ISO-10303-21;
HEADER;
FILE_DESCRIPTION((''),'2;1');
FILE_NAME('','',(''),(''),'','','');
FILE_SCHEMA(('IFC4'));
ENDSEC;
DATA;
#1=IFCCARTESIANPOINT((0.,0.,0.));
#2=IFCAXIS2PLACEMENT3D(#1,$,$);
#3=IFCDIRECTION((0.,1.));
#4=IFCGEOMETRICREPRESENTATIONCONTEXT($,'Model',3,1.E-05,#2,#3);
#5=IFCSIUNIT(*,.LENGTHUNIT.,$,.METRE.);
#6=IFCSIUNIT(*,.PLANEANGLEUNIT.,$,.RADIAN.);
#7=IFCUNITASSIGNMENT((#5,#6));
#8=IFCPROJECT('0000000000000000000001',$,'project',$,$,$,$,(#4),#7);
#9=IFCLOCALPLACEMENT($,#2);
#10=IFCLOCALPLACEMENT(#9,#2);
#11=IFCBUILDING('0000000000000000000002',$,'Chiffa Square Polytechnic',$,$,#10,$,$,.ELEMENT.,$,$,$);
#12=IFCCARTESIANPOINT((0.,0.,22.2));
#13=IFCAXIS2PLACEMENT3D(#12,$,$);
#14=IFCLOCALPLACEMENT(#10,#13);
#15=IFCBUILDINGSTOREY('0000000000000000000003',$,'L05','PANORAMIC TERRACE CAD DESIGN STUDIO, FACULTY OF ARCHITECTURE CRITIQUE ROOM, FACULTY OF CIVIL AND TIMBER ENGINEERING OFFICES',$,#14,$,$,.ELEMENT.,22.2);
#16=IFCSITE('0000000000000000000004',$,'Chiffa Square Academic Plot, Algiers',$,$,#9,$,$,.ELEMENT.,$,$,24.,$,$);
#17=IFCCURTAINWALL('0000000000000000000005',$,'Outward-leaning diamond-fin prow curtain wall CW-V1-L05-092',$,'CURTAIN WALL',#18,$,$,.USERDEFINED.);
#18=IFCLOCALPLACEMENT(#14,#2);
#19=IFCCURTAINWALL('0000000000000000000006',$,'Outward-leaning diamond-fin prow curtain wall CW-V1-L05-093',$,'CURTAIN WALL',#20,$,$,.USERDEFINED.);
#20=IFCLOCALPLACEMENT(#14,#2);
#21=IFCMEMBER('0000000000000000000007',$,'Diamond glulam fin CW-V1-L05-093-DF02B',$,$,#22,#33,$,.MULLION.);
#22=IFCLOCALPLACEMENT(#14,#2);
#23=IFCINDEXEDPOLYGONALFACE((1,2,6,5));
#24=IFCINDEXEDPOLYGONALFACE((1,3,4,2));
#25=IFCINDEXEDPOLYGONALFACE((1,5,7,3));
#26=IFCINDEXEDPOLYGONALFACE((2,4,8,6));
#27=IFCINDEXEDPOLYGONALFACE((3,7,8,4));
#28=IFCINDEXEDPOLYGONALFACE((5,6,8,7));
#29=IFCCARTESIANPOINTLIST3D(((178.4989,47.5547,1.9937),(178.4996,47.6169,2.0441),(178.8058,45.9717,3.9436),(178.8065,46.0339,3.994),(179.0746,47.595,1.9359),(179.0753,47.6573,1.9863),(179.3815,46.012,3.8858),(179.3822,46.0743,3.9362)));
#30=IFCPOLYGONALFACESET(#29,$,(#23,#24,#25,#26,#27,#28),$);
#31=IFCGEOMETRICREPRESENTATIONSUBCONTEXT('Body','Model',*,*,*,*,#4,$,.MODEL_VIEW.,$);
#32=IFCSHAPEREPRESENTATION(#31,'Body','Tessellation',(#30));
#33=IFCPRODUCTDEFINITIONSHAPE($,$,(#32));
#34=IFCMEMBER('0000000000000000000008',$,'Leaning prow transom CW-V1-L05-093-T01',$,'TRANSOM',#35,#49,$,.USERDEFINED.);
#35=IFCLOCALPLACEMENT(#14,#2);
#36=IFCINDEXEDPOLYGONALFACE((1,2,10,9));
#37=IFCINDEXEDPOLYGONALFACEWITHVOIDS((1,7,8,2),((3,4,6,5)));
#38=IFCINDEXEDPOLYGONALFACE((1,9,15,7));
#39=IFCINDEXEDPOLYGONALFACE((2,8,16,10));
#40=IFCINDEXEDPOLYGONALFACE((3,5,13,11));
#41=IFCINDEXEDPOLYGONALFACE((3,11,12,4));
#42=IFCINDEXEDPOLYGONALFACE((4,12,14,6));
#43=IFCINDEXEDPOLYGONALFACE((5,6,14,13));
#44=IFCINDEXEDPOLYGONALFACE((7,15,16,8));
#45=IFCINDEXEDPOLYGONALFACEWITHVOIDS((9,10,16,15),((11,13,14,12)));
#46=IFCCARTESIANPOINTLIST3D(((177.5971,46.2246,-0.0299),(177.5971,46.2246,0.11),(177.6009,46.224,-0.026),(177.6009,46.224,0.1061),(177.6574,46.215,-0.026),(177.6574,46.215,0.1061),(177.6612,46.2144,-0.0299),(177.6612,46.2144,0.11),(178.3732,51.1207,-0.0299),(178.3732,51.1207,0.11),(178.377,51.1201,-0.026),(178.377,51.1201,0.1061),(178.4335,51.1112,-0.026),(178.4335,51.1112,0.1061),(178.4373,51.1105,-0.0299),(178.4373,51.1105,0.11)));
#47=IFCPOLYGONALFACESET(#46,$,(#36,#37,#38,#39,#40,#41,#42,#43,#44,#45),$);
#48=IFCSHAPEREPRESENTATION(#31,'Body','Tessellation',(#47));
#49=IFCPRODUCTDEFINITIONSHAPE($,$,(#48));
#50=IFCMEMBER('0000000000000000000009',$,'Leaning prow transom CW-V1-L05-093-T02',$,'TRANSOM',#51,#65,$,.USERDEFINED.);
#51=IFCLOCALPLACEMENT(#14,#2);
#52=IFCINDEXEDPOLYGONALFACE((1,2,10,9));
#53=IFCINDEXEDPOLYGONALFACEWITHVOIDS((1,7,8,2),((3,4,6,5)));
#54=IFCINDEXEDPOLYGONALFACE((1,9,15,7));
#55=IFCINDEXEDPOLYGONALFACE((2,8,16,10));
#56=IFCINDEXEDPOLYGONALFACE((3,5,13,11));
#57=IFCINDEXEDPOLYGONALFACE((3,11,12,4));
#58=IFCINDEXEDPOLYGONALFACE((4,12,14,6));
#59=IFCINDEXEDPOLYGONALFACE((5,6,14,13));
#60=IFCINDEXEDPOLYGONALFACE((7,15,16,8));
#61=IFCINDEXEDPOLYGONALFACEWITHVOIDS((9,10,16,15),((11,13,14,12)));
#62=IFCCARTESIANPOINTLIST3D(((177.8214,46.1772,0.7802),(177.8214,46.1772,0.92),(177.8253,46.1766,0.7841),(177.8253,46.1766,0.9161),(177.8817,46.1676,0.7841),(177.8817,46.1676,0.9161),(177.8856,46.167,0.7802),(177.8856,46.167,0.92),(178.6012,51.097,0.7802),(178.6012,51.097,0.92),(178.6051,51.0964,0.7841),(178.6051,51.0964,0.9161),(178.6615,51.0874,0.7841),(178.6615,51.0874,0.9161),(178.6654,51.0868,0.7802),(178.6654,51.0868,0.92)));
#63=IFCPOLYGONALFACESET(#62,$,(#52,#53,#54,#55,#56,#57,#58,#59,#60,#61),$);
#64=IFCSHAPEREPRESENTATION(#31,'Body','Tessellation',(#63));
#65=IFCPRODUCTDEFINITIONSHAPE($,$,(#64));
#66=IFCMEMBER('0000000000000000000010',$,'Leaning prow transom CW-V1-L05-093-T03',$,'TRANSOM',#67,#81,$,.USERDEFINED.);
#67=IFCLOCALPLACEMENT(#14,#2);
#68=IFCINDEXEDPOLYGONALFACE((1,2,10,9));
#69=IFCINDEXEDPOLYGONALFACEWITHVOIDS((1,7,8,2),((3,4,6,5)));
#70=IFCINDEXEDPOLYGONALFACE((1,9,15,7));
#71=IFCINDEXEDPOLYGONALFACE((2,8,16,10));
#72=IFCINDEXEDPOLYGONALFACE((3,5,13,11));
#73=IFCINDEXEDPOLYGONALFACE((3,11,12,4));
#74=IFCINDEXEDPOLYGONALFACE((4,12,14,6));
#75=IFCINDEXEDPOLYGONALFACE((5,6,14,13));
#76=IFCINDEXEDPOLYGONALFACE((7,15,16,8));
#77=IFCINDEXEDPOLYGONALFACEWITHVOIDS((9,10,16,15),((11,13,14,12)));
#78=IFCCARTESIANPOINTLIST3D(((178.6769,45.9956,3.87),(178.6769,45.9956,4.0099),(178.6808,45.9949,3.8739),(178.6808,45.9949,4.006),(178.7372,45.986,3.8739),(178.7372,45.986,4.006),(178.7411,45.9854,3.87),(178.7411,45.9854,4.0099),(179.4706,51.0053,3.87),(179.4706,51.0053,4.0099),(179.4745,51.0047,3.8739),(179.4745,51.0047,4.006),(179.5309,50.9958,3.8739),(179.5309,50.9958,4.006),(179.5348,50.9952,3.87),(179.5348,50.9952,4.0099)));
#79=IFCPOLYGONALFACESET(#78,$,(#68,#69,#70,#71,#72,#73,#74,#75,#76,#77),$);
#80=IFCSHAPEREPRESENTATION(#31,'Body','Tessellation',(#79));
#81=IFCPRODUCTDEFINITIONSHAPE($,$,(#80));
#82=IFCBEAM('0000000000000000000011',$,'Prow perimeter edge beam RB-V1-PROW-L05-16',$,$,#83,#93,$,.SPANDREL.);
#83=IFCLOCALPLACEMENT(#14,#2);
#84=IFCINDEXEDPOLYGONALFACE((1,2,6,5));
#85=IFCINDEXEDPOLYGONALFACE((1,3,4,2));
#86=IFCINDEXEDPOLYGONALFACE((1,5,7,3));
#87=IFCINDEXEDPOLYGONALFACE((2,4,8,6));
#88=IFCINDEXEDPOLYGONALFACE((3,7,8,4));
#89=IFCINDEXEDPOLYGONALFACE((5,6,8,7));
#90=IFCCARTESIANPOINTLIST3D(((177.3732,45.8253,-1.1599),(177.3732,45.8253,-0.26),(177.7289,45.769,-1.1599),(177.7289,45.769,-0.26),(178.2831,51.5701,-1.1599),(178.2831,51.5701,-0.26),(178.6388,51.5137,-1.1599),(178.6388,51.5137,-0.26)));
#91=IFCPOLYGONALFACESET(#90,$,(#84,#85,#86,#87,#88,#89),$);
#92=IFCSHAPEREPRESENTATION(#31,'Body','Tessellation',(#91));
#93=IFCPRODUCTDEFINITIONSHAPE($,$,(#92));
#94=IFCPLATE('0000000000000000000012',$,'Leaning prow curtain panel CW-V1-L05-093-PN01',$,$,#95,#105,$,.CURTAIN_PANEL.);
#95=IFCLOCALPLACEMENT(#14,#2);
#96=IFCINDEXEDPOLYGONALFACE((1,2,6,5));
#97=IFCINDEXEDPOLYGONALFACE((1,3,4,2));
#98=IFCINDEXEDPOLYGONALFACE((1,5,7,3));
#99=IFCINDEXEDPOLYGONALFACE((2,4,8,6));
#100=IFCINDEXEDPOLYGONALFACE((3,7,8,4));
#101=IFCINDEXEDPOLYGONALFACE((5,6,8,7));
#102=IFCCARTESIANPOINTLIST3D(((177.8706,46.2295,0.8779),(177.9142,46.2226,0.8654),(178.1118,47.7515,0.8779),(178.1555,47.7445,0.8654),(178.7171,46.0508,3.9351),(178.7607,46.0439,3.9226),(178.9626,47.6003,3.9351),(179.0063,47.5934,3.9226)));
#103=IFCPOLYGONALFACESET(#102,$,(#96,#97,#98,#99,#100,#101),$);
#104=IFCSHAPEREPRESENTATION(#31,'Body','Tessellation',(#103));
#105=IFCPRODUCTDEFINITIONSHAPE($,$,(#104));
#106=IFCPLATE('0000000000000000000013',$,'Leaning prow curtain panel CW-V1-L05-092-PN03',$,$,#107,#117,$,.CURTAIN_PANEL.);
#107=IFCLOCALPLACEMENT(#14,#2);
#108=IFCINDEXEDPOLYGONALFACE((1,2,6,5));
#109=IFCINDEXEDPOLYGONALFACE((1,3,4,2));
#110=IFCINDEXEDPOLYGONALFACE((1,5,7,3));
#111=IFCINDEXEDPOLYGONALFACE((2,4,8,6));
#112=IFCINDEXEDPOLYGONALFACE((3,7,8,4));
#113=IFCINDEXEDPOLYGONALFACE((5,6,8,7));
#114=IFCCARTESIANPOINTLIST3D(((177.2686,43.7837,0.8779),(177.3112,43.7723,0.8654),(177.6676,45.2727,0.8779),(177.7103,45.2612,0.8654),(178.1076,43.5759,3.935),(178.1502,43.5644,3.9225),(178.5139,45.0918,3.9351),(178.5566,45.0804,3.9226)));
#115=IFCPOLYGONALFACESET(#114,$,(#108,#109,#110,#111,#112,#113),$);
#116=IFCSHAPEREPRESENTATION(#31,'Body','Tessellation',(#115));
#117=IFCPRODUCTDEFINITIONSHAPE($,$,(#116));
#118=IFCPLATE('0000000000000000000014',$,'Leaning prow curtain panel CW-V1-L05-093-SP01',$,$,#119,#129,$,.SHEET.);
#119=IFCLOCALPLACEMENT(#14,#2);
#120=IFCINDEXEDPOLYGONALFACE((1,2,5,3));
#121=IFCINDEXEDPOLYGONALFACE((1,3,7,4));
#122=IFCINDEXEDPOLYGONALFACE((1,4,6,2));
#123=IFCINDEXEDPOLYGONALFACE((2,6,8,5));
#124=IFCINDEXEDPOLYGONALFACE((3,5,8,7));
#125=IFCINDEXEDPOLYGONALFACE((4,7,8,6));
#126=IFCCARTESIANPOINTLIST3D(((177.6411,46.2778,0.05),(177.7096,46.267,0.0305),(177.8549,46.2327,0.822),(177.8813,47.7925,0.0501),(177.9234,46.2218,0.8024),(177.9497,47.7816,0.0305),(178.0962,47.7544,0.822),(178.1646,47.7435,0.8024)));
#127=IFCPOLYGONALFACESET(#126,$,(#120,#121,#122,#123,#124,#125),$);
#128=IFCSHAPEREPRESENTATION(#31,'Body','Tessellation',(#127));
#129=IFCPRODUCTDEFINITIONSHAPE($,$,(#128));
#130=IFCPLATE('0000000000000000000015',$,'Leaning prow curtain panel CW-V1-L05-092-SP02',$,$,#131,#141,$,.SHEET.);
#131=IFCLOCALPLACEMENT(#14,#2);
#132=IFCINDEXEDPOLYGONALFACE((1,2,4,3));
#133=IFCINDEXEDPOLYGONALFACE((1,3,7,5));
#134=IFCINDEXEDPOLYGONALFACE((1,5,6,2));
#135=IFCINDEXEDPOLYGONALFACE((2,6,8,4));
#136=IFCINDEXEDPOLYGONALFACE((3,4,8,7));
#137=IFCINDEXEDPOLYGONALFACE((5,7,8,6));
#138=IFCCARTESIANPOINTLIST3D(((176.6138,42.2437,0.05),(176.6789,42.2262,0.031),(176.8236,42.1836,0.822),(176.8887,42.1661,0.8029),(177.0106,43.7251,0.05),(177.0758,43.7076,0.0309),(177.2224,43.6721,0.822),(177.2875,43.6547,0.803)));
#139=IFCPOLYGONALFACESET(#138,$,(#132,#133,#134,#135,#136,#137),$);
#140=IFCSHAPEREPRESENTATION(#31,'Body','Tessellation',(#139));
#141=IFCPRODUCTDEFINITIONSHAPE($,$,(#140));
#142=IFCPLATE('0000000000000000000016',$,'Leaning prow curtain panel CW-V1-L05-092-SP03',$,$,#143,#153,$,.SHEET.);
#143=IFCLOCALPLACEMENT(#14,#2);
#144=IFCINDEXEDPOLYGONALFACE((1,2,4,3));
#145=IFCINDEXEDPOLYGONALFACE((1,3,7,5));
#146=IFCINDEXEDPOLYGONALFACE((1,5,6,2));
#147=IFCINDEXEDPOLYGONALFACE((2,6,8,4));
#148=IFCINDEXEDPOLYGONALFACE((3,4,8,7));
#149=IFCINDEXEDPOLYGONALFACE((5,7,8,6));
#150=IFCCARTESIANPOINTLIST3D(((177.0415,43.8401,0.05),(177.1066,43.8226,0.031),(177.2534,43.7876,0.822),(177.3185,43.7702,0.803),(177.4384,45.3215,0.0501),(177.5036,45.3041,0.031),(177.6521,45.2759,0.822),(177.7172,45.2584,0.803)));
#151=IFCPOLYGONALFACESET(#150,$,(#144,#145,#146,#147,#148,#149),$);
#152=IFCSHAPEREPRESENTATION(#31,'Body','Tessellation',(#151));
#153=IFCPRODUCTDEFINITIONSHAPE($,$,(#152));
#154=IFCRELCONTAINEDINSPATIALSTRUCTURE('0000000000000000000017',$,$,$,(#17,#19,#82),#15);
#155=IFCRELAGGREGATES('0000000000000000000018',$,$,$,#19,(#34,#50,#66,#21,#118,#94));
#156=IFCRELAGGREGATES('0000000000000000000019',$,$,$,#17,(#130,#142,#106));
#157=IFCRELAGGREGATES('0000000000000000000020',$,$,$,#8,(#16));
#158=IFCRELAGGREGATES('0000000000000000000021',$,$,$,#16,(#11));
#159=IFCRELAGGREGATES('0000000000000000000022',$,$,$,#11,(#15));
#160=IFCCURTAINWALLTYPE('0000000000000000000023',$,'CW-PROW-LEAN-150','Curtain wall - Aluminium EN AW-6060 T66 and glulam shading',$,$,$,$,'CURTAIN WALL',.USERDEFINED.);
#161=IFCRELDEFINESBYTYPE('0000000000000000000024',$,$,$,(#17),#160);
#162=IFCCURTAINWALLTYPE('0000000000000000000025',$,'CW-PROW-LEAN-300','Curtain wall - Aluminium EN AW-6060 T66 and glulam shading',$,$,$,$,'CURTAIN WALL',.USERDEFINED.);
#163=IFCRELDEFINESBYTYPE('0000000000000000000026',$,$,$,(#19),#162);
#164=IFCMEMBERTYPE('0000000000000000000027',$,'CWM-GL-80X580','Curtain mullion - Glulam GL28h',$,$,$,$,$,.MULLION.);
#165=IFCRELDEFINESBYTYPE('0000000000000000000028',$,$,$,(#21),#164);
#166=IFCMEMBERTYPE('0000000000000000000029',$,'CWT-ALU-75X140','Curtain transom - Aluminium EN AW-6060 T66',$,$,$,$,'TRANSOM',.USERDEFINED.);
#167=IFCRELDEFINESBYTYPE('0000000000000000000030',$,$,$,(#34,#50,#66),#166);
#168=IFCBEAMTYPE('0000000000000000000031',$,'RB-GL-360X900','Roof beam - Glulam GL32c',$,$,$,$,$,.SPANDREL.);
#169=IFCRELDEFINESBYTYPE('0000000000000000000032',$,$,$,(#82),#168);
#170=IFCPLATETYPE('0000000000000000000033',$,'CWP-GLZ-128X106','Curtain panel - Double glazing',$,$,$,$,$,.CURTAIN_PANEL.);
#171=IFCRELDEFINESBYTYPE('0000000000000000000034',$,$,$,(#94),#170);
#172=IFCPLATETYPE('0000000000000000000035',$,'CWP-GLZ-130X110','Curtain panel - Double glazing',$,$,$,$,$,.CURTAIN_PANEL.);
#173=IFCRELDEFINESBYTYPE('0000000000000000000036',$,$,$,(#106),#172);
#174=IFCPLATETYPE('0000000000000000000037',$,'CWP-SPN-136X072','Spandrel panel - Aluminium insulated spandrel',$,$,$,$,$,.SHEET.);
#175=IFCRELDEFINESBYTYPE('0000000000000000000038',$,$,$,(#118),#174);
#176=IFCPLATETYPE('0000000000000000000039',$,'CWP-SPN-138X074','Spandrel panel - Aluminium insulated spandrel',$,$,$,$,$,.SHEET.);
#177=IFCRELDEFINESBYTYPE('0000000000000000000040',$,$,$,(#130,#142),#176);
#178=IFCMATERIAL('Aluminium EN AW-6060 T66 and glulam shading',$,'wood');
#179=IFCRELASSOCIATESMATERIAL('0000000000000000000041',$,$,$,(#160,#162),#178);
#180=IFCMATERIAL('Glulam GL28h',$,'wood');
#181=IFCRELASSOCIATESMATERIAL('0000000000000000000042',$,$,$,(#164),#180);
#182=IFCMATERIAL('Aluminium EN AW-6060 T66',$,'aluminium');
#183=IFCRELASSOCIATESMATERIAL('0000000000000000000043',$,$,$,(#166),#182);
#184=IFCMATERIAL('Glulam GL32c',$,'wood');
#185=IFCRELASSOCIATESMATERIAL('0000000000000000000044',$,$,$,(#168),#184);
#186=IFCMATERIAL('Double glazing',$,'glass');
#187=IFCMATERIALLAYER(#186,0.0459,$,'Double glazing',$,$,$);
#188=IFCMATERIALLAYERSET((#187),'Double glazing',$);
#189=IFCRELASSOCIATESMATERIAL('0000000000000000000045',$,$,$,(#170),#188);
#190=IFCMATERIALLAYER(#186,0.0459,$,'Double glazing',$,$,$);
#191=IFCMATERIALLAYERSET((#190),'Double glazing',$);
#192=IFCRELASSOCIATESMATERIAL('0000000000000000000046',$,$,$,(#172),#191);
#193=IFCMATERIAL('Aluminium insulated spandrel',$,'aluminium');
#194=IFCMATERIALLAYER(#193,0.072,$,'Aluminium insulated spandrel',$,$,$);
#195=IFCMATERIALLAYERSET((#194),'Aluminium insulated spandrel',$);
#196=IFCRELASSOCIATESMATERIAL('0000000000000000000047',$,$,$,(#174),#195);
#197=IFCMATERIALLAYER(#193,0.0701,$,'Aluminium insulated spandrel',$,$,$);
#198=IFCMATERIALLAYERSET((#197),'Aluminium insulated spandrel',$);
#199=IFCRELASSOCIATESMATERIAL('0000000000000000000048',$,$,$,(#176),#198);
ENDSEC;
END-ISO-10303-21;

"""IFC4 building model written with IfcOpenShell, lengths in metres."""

from ifc_helpers import new_model, si_unit, direction, frame, origin, origin_2d, place, context, subcontext, project, spatial, polyline, rectangle, hollow_rectangle, outline, extrude, material, layer, layer_set, material_profile, profile_set, type_object, element, aggregate, save


model = new_model("IFC4")

# Units and contexts
model_context = context("Model", 3, precision=1e-05, world=origin(), true_north=direction((0.0, 1.0)))
body_context = subcontext(model_context, "Body", "Model", "MODEL_VIEW")
ifc_project = project(units=[si_unit("LENGTHUNIT", "METRE"), si_unit("PLANEANGLEUNIT", "RADIAN")], contexts=[model_context])

# Site, building, storey
site_placement = place(None, origin())
site = spatial("IfcSite", under=ifc_project, at=site_placement, Name="Chiffa Square Academic Plot, Algiers", CompositionType="ELEMENT", RefElevation=24.0)
building_placement = place(site_placement, origin())
building = spatial("IfcBuilding", under=site, at=building_placement, Name="Chiffa Square Polytechnic", CompositionType="ELEMENT")
storey_placement = place(building_placement, frame((0.0, 0.0, 22.2)))
storey = spatial("IfcBuildingStorey", under=building, at=storey_placement, Name="L05", Description="PANORAMIC TERRACE CAD DESIGN STUDIO, FACULTY OF ARCHITECTURE CRITIQUE ROOM, FACULTY OF CIVIL AND TIMBER ENGINEERING OFFICES", CompositionType="ELEMENT", Elevation=22.2)

# Shared definitions
ifc_material_1 = material(Name="Glulam GL32c", Category="wood")

# Curtain wall
ifc_material_2 = material(Name="Aluminium EN AW-6060 T66 and glulam shading", Category="wood")
curtain_wall_type_1 = type_object("IfcCurtainWallType", Name="CW-PROW-LEAN-150", Description="Curtain wall - Aluminium EN AW-6060 T66 and glulam shading", ElementType="CURTAIN WALL", PredefinedType="USERDEFINED", material=ifc_material_2)
curtain_wall_1_placement = place(storey_placement, origin())
curtain_wall_1 = element("IfcCurtainWall", 1, at=curtain_wall_1_placement, inside=storey, type_object=curtain_wall_type_1, Name="Outward-leaning diamond-fin prow curtain wall CW-V1-L05-092", ObjectType="CURTAIN WALL", PredefinedType="USERDEFINED")
ifc_material_3 = material(Name="Aluminium EN AW-6060 T66", Category="aluminium")

# Curtain wall
curtain_wall_type_2 = type_object("IfcCurtainWallType", Name="CW-PROW-LEAN-300", Description="Curtain wall - Aluminium EN AW-6060 T66 and glulam shading", ElementType="CURTAIN WALL", PredefinedType="USERDEFINED", material=ifc_material_2)
curtain_wall_2_placement = place(storey_placement, origin())
curtain_wall_2 = element("IfcCurtainWall", 2, at=curtain_wall_2_placement, inside=storey, type_object=curtain_wall_type_2, Name="Outward-leaning diamond-fin prow curtain wall CW-V1-L05-093", ObjectType="CURTAIN WALL", PredefinedType="USERDEFINED")

# Members
ifc_material_4 = material(Name="Glulam GL28h", Category="wood")
ifc_material_profile_1 = material_profile(ifc_material_4, rectangle(XDim=0.0801, YDim=0.5801, at=origin_2d()), Name="GL28h 80x580")
ifc_profile_set_1 = profile_set([ifc_material_profile_1], Name="Glulam GL28h")
member_type_1 = type_object("IfcMemberType", Name="CWM-GL-80X580", Description="Curtain mullion - Glulam GL28h", PredefinedType="MULLION", material=ifc_profile_set_1)
member_1_placement = place(storey_placement, frame((178.7871, 47.606, 1.99), z_axis=(0.121284, -0.625621, 0.770641), x_axis=(0.008714, 0.777014, 0.629423)))
member_1 = element("IfcMember", 3, at=member_1_placement, type_object=member_type_1, Name="Diamond glulam fin CW-V1-L05-093-DF02B", PredefinedType="MULLION", context=body_context, shape_type="SweptSolid", body=[
    extrude(rectangle(XDim=0.0801, YDim=0.5801, at=origin_2d()), origin(), (0.0, 0.0, 1.0), 2.5303),
])
ifc_material_profile_2 = material_profile(ifc_material_3, hollow_rectangle(XDim=0.0649, YDim=0.1399, WallThickness=0.0039, at=origin_2d()), Name="ALU 65x140x4")
ifc_profile_set_2 = profile_set([ifc_material_profile_2], Name="Aluminium EN AW-6060 T66")
member_type_2 = type_object("IfcMemberType", Name="CWT-ALU-75X140", Description="Curtain transom - Aluminium EN AW-6060 T66", ElementType="TRANSOM", PredefinedType="USERDEFINED", material=ifc_profile_set_2)
member_2_placement = place(storey_placement, frame((177.6292, 46.2195, 0.04), z_axis=(0.156559, 0.987669, 0.0), x_axis=(-0.987669, 0.156559, 0.0)))
member_2 = element("IfcMember", 4, at=member_2_placement, type_object=member_type_2, Name="Leaning prow transom CW-V1-L05-093-T01", ObjectType="TRANSOM", PredefinedType="USERDEFINED", context=body_context, shape_type="SweptSolid", body=[
    extrude(hollow_rectangle(XDim=0.0649, YDim=0.1399, WallThickness=0.0039, at=origin_2d()), origin(), (0.0, 0.0, 1.0), 4.9573),
])
member_3_placement = place(storey_placement, frame((177.8535, 46.1721, 0.8501), z_axis=(0.156549, 0.98767, 0.0), x_axis=(-0.98767, 0.156549, 0.0)))
member_3 = element("IfcMember", 5, at=member_3_placement, type_object=member_type_2, Name="Leaning prow transom CW-V1-L05-093-T02", ObjectType="TRANSOM", PredefinedType="USERDEFINED", context=body_context, shape_type="SweptSolid", body=[
    extrude(hollow_rectangle(XDim=0.0649, YDim=0.1399, WallThickness=0.0039, at=origin_2d()), origin(), (0.0, 0.0, 1.0), 4.9812),
])
member_4_placement = place(storey_placement, frame((178.709, 45.9905, 3.9399), z_axis=(0.156479, 0.987681, 0.0), x_axis=(-0.987681, 0.156479, 0.0)))
member_4 = element("IfcMember", 6, at=member_4_placement, type_object=member_type_2, Name="Leaning prow transom CW-V1-L05-093-T03", ObjectType="TRANSOM", PredefinedType="USERDEFINED", context=body_context, shape_type="SweptSolid", body=[
    extrude(hollow_rectangle(XDim=0.0649, YDim=0.1399, WallThickness=0.0039, at=origin_2d()), origin(), (0.0, 0.0, 1.0), 5.0723),
])

# Beam
ifc_material_profile_3 = material_profile(ifc_material_1, rectangle(XDim=0.3601, YDim=0.8999, at=origin_2d()), Name="GL32c 360x900")
ifc_profile_set_3 = profile_set([ifc_material_profile_3], Name="Glulam GL32c")
beam_type = type_object("IfcBeamType", Name="RB-GL-360X900", Description="Roof beam - Glulam GL32c", PredefinedType="SPANDREL", material=ifc_profile_set_3)
beam_placement = place(storey_placement, frame((177.551, 45.7971, -0.71), z_axis=(0.156437, 0.987688, 0.0), x_axis=(-0.987688, 0.156437, 0.0)))
element("IfcBeam", 7, at=beam_placement, inside=storey, type_object=beam_type, Name="Prow perimeter edge beam RB-V1-PROW-L05-16", PredefinedType="SPANDREL", context=body_context, shape_type="SweptSolid", body=[
    extrude(rectangle(XDim=0.3601, YDim=0.8999, at=origin_2d()), origin(), (0.0, 0.0, 1.0), 5.8164),
])

# Plates
ifc_material_5 = material(Name="Double glazing", Category="glass")
ifc_layer_1 = layer(ifc_material_5, 0.0459, Name="Double glazing")
ifc_layer_set_1 = layer_set([ifc_layer_1], Name="Double glazing")
plate_type_1 = type_object("IfcPlateType", Name="CWP-GLZ-128X106", Description="Curtain panel - Double glazing", PredefinedType="CURTAIN_PANEL", material=ifc_layer_set_1)
plate_1_placement = place(storey_placement, frame((177.8706, 46.2295, 0.8779), z_axis=(-0.950445, 0.150639, 0.271961), x_axis=(0.156539, 0.987672, -0.000002)))
plate_1 = element("IfcPlate", 8, at=plate_1_placement, type_object=plate_type_1, Name="Leaning prow curtain panel CW-V1-L05-093-PN01", PredefinedType="CURTAIN_PANEL", context=body_context, shape_type="SweptSolid", body=[
    extrude(outline(polyline([(0.0, 0.0), (1.541, 0.0), (1.5249, -3.1769), (-0.044, -3.1769), (0.0, 0.0)])), origin(), (0.0, 0.0, -1.0), 0.0459),
])
ifc_layer_2 = layer(ifc_material_5, 0.0459, Name="Double glazing")
ifc_layer_set_2 = layer_set([ifc_layer_2], Name="Double glazing")
plate_type_2 = type_object("IfcPlateType", Name="CWP-GLZ-130X110", Description="Curtain panel - Double glazing", PredefinedType="CURTAIN_PANEL", material=ifc_layer_set_2)
plate_2_placement = place(storey_placement, frame((177.2686, 43.7837, 0.8779), z_axis=(-0.929478, 0.249135, 0.272034), x_axis=(0.25889, 0.965907, -0.00003)))
plate_2 = element("IfcPlate", 9, at=plate_2_placement, type_object=plate_type_2, Name="Leaning prow curtain panel CW-V1-L05-092-PN03", PredefinedType="CURTAIN_PANEL", context=body_context, shape_type="SweptSolid", body=[
    extrude(outline(polyline([(0.0, 0.0), (1.5415, 0.0), (1.5858, -3.177), (0.0164, -3.1769), (0.0, 0.0)])), origin(), (0.0, 0.0, -1.0), 0.0459),
])
ifc_material_6 = material(Name="Aluminium insulated spandrel", Category="aluminium")
ifc_layer_3 = layer(ifc_material_6, 0.072, Name="Aluminium insulated spandrel")
ifc_layer_set_3 = layer_set([ifc_layer_3], Name="Aluminium insulated spandrel")
plate_type_3 = type_object("IfcPlateType", Name="CWP-SPN-136X072", Description="Spandrel panel - Aluminium insulated spandrel", PredefinedType="SHEET", material=ifc_layer_set_3)
plate_3_placement = place(storey_placement, frame((177.6411, 46.2778, 0.05), z_axis=(-0.950416, 0.150697, 0.27203), x_axis=(0.156606, 0.987661, 0.000012)))
plate_3 = element("IfcPlate", 10, at=plate_3_placement, type_object=plate_type_3, Name="Leaning prow curtain panel CW-V1-L05-093-SP01", PredefinedType="SHEET", context=body_context, shape_type="SweptSolid", body=[
    extrude(outline(polyline([(0.0, 0.0), (1.5336, 0.0), (1.5296, -0.8022), (-0.0111, -0.8022), (0.0, 0.0)])), origin(), (0.0, 0.0, -1.0), 0.072),
])
aggregate(curtain_wall_2, [member_2, member_3, member_4, member_1, plate_3, plate_1])
ifc_layer_4 = layer(ifc_material_6, 0.0701, Name="Aluminium insulated spandrel")
ifc_layer_set_4 = layer_set([ifc_layer_4], Name="Aluminium insulated spandrel")
plate_type_4 = type_object("IfcPlateType", Name="CWP-SPN-138X074", Description="Spandrel panel - Aluminium insulated spandrel", PredefinedType="SHEET", material=ifc_layer_set_4)
plate_4_placement = place(storey_placement, frame((176.6138, 42.2437, 0.05), z_axis=(-0.929501, 0.249013, 0.272065), x_axis=(0.258768, 0.96594, -0.000025)))
plate_4 = element("IfcPlate", 11, at=plate_4_placement, type_object=plate_type_4, Name="Leaning prow curtain panel CW-V1-L05-092-SP02", PredefinedType="SHEET", context=body_context, shape_type="SweptSolid", body=[
    extrude(outline(polyline([(0.0, 0.0), (1.5336, 0.0), (1.5373, -0.8023), (-0.0038, -0.8022), (0.0, 0.0)])), origin(), (0.0, 0.0, -1.0), 0.0701),
])
plate_5_placement = place(storey_placement, frame((177.0415, 43.8401, 0.05), z_axis=(-0.929509, 0.249036, 0.272019), x_axis=(0.258797, 0.965932, 0.00001)))
plate_5 = element("IfcPlate", 12, at=plate_5_placement, type_object=plate_type_4, Name="Leaning prow curtain panel CW-V1-L05-092-SP03", PredefinedType="SHEET", context=body_context, shape_type="SweptSolid", body=[
    extrude(outline(polyline([(0.0, 0.0), (1.5337, 0.0), (1.5449, -0.8022), (0.0041, -0.8022), (0.0, 0.0)])), origin(), (0.0, 0.0, -1.0), 0.0701),
])
aggregate(curtain_wall_1, [plate_4, plate_5, plate_2])

save(model, "model.ifc")
